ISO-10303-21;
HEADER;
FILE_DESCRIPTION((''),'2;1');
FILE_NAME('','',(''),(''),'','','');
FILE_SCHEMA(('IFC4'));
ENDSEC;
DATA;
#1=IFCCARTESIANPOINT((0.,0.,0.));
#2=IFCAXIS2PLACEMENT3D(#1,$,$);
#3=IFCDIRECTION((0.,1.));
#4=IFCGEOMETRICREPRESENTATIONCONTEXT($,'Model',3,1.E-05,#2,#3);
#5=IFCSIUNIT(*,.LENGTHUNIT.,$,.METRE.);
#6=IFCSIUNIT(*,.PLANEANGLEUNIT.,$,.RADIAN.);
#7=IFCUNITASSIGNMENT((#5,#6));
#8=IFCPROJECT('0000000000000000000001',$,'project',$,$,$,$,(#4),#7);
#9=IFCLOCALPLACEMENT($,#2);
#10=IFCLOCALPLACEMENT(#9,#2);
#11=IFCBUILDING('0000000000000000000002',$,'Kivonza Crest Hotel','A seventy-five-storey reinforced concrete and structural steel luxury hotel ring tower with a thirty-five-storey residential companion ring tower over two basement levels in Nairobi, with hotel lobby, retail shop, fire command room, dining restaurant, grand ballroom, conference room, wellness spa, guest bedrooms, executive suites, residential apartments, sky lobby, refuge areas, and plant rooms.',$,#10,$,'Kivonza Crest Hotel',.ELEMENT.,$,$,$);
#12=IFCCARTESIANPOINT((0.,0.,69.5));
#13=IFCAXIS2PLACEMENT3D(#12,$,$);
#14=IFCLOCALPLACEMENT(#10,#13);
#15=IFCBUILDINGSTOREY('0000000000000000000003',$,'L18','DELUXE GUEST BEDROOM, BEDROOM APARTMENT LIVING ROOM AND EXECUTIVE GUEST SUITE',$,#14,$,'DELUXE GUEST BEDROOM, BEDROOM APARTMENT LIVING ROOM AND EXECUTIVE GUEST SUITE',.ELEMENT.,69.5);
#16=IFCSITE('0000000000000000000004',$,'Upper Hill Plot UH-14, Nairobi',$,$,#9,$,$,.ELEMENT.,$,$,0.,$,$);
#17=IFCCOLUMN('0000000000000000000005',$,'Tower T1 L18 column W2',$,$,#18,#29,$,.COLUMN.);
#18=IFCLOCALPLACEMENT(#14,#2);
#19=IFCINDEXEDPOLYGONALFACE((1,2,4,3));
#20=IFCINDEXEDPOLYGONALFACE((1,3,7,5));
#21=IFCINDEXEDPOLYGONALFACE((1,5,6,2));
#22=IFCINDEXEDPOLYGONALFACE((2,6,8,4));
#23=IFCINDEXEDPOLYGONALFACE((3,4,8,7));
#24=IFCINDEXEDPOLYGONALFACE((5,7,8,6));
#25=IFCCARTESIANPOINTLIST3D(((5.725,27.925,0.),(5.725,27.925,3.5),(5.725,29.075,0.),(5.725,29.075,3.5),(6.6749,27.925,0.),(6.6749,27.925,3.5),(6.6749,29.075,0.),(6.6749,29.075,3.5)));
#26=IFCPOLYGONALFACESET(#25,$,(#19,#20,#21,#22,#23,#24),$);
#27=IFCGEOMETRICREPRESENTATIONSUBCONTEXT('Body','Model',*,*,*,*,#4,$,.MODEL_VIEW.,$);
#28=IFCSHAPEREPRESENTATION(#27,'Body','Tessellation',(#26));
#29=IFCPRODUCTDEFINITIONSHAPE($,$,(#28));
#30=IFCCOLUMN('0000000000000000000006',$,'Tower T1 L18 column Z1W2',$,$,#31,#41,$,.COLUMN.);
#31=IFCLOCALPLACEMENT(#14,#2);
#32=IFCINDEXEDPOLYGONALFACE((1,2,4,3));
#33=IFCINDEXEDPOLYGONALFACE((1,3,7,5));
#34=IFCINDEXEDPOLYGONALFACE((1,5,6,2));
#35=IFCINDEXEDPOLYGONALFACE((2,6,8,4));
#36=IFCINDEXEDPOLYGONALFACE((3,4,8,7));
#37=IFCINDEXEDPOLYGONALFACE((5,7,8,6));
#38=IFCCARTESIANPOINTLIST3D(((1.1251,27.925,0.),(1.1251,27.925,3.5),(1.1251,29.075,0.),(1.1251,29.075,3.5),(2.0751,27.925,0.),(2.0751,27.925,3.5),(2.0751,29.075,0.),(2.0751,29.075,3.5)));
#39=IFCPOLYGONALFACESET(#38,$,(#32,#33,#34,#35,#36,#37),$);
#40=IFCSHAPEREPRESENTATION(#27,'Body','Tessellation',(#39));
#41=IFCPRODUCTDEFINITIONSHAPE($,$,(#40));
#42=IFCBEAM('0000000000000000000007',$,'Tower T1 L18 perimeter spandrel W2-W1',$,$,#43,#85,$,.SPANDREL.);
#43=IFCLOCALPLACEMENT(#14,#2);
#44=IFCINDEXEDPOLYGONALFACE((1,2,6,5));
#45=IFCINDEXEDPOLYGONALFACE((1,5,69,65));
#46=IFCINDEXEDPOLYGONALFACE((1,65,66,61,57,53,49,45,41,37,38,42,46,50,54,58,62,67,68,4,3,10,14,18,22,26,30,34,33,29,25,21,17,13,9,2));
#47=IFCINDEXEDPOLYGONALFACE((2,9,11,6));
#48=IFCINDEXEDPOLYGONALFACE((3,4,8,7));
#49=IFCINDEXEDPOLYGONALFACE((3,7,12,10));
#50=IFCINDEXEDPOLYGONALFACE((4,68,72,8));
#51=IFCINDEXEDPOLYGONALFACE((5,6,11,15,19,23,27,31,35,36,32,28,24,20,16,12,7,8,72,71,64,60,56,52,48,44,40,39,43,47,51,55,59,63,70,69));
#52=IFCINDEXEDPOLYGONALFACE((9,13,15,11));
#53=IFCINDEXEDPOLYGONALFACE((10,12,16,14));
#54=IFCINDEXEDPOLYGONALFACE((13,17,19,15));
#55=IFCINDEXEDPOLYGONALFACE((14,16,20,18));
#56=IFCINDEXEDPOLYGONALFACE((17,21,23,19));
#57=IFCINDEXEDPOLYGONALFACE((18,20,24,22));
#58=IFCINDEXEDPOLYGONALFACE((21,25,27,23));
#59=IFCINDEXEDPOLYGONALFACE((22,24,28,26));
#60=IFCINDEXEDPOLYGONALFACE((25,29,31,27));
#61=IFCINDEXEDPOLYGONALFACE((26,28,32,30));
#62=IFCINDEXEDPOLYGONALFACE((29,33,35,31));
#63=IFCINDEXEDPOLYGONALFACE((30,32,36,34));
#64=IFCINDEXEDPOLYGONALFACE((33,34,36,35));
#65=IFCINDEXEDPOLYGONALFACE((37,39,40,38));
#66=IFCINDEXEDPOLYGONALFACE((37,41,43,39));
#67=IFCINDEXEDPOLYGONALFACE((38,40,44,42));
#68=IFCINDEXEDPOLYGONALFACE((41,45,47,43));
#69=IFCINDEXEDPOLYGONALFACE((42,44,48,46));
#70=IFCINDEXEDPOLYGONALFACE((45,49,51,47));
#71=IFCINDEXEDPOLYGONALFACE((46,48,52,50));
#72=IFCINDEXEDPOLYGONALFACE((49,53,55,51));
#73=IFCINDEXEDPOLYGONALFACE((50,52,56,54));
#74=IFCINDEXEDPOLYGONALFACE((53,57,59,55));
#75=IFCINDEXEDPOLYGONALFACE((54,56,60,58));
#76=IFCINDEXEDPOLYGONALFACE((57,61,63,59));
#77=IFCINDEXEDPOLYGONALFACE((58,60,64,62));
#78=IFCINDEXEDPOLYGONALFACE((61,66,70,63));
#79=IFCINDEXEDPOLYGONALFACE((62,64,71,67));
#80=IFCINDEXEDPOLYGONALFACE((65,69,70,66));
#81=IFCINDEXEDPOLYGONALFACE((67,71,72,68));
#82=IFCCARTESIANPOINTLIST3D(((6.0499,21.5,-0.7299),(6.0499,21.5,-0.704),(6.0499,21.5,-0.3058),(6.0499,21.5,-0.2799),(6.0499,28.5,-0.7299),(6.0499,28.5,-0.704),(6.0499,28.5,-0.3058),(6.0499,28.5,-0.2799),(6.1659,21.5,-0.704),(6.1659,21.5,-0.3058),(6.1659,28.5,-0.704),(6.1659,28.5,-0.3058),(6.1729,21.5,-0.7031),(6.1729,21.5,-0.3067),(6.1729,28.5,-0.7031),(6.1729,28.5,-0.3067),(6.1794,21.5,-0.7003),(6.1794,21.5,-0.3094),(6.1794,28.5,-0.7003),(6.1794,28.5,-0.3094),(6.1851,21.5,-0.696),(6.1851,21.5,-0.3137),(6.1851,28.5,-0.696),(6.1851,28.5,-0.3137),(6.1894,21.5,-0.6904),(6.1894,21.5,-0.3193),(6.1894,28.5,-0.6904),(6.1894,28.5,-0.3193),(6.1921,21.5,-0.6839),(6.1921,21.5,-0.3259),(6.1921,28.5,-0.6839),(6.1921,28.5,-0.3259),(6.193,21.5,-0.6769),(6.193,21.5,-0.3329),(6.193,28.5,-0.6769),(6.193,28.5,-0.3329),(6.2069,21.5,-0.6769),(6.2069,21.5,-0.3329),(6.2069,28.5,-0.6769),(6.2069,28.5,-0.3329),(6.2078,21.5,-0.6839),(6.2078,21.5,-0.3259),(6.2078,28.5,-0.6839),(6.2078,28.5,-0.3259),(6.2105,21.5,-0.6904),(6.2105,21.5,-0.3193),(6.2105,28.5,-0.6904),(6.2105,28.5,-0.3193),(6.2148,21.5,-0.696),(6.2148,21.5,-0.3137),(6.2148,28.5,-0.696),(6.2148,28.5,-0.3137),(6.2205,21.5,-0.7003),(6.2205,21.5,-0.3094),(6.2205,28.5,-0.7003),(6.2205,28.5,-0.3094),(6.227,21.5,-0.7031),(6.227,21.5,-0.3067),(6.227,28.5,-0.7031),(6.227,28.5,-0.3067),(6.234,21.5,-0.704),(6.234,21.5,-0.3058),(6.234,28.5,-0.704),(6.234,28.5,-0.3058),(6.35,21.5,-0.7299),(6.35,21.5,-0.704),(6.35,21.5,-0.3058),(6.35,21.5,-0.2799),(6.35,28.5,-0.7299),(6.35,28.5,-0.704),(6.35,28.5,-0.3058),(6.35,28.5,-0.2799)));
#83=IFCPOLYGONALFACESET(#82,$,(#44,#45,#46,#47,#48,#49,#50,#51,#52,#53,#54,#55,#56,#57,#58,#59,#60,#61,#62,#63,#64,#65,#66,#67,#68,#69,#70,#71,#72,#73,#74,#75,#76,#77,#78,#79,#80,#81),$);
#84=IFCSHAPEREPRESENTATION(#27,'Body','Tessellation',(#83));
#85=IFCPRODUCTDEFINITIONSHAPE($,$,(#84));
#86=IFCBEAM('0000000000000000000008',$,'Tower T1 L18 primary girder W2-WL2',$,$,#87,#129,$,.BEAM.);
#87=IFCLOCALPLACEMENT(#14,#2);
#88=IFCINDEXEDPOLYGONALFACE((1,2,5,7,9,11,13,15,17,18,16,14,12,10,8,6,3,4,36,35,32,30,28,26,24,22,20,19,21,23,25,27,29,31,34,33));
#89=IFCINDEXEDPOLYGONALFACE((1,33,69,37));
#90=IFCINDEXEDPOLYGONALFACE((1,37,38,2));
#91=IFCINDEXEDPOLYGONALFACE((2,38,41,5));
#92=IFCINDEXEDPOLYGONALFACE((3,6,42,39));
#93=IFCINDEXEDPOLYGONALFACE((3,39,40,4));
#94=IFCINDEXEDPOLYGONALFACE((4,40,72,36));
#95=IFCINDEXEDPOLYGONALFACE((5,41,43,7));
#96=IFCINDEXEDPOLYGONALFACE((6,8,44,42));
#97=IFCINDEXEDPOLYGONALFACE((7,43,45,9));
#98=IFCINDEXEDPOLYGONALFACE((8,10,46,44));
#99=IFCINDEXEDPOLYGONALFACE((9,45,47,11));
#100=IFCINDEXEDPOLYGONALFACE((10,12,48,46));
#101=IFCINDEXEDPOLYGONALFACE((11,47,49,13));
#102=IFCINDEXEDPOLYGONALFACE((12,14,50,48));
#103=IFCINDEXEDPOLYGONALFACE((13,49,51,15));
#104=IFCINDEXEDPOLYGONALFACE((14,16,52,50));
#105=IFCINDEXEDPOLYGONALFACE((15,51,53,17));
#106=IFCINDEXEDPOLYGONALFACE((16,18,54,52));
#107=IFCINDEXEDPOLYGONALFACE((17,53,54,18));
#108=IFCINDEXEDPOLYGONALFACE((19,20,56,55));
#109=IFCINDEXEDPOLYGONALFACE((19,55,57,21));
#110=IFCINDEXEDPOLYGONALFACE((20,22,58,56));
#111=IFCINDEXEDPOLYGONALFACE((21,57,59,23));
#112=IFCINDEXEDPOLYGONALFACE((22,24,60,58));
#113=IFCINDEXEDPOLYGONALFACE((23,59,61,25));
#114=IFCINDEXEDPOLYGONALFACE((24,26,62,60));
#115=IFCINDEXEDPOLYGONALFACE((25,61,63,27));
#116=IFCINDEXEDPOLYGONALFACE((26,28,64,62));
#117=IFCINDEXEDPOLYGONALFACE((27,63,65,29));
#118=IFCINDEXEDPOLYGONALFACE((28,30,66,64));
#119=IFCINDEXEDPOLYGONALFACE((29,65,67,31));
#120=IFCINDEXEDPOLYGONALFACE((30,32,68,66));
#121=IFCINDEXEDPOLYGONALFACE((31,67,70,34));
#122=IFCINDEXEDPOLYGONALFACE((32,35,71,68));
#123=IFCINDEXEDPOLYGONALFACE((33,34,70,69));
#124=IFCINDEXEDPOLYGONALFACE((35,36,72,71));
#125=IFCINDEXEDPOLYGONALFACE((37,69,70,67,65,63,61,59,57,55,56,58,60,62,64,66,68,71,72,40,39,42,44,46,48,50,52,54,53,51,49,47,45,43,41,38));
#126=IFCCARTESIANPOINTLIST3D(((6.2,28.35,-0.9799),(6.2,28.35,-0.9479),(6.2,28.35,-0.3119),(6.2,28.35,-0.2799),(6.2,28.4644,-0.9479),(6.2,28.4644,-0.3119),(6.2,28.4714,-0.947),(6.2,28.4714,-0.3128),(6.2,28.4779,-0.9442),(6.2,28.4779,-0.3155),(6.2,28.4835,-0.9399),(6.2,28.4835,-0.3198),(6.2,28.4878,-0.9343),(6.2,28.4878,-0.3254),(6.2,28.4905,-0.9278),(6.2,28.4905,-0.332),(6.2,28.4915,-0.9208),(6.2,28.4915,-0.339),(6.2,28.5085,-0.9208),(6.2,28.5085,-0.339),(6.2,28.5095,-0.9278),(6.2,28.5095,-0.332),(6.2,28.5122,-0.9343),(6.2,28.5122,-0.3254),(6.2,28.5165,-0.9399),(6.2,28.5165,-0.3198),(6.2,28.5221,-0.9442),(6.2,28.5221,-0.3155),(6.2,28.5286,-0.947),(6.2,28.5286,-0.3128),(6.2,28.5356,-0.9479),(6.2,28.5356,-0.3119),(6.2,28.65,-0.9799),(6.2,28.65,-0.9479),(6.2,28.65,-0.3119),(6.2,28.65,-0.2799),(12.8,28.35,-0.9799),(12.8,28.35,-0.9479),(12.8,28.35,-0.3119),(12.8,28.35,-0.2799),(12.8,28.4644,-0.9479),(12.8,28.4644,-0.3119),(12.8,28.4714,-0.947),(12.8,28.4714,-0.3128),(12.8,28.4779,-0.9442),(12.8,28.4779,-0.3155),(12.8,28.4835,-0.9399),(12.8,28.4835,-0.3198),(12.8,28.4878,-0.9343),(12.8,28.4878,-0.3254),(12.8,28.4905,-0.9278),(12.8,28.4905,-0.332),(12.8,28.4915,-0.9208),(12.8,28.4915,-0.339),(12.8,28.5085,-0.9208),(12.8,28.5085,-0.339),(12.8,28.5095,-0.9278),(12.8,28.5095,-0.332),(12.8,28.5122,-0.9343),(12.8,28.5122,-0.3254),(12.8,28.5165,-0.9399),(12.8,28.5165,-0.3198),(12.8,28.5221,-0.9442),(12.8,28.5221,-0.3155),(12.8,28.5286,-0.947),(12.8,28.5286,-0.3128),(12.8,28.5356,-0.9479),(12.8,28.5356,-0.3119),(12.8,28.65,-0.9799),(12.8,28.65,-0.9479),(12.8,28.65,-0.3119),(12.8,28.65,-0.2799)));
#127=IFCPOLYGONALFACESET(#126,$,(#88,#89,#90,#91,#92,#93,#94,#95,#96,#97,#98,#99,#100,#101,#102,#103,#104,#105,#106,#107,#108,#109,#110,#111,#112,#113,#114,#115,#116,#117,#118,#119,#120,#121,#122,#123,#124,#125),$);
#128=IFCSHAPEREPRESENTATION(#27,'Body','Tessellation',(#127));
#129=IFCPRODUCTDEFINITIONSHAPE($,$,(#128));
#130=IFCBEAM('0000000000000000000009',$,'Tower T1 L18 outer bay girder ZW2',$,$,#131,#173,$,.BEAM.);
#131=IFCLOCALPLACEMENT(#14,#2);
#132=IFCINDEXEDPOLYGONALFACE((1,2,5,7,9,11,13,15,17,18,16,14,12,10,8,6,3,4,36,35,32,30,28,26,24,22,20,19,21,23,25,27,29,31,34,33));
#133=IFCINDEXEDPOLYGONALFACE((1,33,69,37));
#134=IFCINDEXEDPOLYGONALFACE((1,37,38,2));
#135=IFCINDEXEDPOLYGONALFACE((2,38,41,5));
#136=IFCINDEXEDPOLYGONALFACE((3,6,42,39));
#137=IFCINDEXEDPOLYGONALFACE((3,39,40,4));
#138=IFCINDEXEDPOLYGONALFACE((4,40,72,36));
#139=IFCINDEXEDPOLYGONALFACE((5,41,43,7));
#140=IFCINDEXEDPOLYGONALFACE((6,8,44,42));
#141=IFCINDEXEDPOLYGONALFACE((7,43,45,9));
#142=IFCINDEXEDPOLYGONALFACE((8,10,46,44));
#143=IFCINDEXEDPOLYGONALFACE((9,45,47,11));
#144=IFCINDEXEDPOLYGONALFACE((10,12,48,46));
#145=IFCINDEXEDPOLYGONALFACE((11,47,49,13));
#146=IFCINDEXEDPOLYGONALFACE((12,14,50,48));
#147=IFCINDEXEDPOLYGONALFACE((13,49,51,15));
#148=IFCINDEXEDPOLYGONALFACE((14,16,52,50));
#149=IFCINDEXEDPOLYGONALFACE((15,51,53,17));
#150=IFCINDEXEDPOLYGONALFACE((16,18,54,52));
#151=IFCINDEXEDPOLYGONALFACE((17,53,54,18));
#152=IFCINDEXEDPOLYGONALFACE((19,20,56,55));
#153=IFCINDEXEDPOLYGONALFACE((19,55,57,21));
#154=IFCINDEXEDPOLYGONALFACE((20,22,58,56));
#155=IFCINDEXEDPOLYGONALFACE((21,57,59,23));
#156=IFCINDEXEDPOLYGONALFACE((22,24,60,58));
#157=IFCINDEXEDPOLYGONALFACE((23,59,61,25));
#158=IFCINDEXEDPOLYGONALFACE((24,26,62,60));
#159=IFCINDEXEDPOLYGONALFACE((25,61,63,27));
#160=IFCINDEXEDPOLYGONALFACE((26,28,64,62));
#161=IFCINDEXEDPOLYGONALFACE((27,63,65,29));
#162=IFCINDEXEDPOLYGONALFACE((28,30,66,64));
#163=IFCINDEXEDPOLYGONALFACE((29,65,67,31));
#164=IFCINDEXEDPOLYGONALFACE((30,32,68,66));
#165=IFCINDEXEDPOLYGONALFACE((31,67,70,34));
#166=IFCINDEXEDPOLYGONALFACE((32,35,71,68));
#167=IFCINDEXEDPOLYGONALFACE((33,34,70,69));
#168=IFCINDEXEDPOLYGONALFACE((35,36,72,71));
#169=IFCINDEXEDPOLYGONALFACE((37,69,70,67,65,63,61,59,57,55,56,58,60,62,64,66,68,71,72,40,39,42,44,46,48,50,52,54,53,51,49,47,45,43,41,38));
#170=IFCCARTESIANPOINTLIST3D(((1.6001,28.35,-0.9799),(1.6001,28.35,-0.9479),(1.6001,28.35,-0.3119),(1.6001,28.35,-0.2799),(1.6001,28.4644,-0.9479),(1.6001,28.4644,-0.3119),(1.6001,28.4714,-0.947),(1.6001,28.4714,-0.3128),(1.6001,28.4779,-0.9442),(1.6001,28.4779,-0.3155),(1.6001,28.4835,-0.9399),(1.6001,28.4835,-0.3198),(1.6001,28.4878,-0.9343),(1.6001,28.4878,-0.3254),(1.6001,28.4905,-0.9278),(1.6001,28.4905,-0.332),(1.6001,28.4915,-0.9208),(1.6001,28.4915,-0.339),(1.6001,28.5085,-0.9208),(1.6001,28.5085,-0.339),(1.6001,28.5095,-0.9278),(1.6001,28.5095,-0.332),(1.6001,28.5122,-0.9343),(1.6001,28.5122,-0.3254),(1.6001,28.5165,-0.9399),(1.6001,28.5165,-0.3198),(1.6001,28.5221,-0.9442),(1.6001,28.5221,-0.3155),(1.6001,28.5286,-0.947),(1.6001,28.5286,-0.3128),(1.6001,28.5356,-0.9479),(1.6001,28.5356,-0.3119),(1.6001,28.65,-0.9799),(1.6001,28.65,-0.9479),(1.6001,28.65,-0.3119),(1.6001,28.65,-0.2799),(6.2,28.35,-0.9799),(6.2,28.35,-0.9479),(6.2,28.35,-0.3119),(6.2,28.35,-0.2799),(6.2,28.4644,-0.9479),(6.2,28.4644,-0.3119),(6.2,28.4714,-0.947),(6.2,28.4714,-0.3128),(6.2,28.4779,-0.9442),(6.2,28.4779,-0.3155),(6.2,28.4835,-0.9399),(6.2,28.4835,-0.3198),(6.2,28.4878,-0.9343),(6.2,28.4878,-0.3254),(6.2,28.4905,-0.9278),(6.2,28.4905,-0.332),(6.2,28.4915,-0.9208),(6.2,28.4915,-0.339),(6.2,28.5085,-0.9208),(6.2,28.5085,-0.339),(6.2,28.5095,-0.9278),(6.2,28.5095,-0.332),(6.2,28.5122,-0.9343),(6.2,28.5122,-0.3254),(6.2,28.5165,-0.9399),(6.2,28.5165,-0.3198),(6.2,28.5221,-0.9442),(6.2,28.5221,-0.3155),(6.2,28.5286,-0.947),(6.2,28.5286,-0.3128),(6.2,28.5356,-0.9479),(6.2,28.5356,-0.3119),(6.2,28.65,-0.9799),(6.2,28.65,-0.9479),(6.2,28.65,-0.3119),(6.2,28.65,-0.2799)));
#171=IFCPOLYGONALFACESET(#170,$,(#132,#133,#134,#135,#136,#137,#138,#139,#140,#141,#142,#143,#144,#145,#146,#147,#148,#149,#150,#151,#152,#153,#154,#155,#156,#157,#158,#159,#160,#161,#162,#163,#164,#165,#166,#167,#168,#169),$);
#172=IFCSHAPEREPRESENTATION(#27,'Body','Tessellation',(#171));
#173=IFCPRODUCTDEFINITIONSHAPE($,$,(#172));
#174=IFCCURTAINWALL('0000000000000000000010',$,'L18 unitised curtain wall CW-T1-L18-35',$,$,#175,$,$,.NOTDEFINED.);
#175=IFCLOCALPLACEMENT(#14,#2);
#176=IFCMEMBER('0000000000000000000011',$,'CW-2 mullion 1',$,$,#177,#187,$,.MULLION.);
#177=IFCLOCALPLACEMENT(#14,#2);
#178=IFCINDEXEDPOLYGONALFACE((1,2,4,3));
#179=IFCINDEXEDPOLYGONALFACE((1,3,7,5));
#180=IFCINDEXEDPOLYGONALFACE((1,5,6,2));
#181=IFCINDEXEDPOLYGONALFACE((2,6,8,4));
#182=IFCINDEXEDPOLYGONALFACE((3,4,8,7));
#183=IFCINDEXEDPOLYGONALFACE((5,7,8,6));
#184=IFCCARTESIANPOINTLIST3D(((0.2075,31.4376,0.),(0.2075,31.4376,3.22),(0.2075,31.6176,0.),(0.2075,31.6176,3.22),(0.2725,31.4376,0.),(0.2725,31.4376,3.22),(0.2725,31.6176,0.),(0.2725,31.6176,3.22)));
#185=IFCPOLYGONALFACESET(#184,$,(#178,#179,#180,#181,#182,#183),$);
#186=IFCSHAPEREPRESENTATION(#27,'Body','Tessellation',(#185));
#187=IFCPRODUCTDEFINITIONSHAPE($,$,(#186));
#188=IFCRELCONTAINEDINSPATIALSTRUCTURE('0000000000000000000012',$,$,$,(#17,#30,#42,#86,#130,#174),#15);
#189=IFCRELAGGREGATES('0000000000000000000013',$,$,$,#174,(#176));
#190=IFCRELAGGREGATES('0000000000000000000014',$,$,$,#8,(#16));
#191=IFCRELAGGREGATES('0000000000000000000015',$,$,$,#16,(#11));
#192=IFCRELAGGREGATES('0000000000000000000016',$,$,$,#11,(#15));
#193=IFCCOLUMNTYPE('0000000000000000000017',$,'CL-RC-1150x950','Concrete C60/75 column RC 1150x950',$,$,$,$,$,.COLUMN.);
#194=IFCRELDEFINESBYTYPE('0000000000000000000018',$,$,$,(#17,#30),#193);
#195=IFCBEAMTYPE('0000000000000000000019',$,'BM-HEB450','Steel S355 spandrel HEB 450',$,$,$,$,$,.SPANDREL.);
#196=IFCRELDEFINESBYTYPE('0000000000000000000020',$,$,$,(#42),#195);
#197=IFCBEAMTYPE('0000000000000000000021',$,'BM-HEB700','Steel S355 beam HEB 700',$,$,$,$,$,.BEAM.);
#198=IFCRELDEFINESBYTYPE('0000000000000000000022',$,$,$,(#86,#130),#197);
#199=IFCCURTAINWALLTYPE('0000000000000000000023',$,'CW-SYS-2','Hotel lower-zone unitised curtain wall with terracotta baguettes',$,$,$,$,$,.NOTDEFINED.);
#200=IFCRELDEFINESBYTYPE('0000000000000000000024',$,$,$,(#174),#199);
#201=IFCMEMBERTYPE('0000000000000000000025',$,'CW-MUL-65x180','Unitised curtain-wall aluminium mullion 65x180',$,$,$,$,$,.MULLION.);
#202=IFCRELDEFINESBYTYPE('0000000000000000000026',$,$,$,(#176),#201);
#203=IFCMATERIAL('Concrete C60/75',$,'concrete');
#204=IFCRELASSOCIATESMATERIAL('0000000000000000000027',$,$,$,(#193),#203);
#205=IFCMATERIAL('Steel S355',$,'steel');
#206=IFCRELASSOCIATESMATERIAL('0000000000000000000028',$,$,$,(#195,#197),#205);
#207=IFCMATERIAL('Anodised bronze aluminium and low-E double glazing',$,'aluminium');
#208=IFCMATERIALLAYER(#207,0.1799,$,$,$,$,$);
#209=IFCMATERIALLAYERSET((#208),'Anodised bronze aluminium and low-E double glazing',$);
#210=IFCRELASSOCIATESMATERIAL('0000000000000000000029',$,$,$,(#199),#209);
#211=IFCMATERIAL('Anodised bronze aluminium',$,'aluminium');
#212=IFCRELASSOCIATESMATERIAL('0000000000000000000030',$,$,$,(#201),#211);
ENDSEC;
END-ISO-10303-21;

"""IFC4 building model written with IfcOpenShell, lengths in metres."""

from ifc_helpers import new_model, si_unit, direction, frame, origin, origin_2d, place, context, subcontext, project, spatial, rectangle, i_section, extrude, material, layer, layer_set, material_profile, profile_set, type_object, element, aggregate, save


model = new_model("IFC4")

# Units and contexts
model_context = context("Model", 3, precision=1e-05, world=origin(), true_north=direction((0.0, 1.0)))
body_context = subcontext(model_context, "Body", "Model", "MODEL_VIEW")
ifc_project = project(units=[si_unit("LENGTHUNIT", "METRE"), si_unit("PLANEANGLEUNIT", "RADIAN")], contexts=[model_context])

# Site, building, storey
site_placement = place(None, origin())
site = spatial("IfcSite", under=ifc_project, at=site_placement, Name="Upper Hill Plot UH-14, Nairobi", CompositionType="ELEMENT", RefElevation=0.0)
building_placement = place(site_placement, origin())
building = spatial("IfcBuilding", under=site, at=building_placement, Name="Kivonza Crest Hotel", Description="A seventy-five-storey reinforced concrete and structural steel luxury hotel ring tower with a thirty-five-storey residential companion ring tower over two basement levels in Nairobi, with hotel lobby, retail shop, fire command room, dining restaurant, grand ballroom, conference room, wellness spa, guest bedrooms, executive suites, residential apartments, sky lobby, refuge areas, and plant rooms.", LongName="Kivonza Crest Hotel", CompositionType="ELEMENT")
storey_placement = place(building_placement, frame((0.0, 0.0, 69.5)))
storey = spatial("IfcBuildingStorey", under=building, at=storey_placement, Name="L18", Description="DELUXE GUEST BEDROOM, BEDROOM APARTMENT LIVING ROOM AND EXECUTIVE GUEST SUITE", LongName="DELUXE GUEST BEDROOM, BEDROOM APARTMENT LIVING ROOM AND EXECUTIVE GUEST SUITE", CompositionType="ELEMENT", Elevation=69.5)

# Columns
ifc_material_1 = material(Name="Concrete C60/75", Category="concrete")
ifc_material_profile_1 = material_profile(ifc_material_1, rectangle(XDim=0.95, YDim=1.1499, at=origin_2d()), Name="RC 1150x950")
ifc_profile_set_1 = profile_set([ifc_material_profile_1], Name="Concrete C60/75")
column_type = type_object("IfcColumnType", Name="CL-RC-1150x950", Description="Concrete C60/75 column RC 1150x950", PredefinedType="COLUMN", material=ifc_profile_set_1)
for number, where, z_axis, x_axis, name in (
    (1, (6.2, 28.5, 0.0), (0.0, 0.0, 1.0), (1.0, 0.0, 0.0), "Tower T1 L18 column W2"),
    (2, (1.6001, 28.5, 0.0), (0.0, 0.0, 1.0), (1.0, 0.0, 0.0), "Tower T1 L18 column Z1W2"),
):
    element("IfcColumn", number, at=place(storey_placement, frame(where, z_axis=z_axis, x_axis=x_axis)), inside=storey, type_object=column_type, Name=name, PredefinedType="COLUMN", context=body_context, shape_type="SweptSolid", body=[
        extrude(rectangle(XDim=0.95, YDim=1.1499, at=origin_2d()), origin(), (0.0, 0.0, 1.0), 3.5),
    ])

# Beams
ifc_material_2 = material(Name="Steel S355", Category="steel")
ifc_material_profile_2 = material_profile(ifc_material_2, i_section(OverallWidth=0.3, OverallDepth=0.45, WebThickness=0.0139, FlangeThickness=0.0259, FilletRadius=0.0271, at=origin_2d()), Name="HEB 450")
ifc_profile_set_2 = profile_set([ifc_material_profile_2], Name="Steel S355")
beam_type_1 = type_object("IfcBeamType", Name="BM-HEB450", Description="Steel S355 spandrel HEB 450", PredefinedType="SPANDREL", material=ifc_profile_set_2)
beam_1_placement = place(storey_placement, frame((6.2, 28.5, -0.5049), z_axis=(0.0, -1.0, 0.0), x_axis=(1.0, 0.0, 0.0)))
element("IfcBeam", 3, at=beam_1_placement, inside=storey, type_object=beam_type_1, Name="Tower T1 L18 perimeter spandrel W2-W1", PredefinedType="SPANDREL", context=body_context, shape_type="SweptSolid", body=[
    extrude(i_section(OverallWidth=0.3, OverallDepth=0.45, WebThickness=0.0139, FlangeThickness=0.0259, FilletRadius=0.0271, at=origin_2d()), origin(), (0.0, 0.0, 1.0), 7.0),
])
ifc_material_profile_3 = material_profile(ifc_material_2, i_section(OverallWidth=0.3, OverallDepth=0.7, WebThickness=0.0171, FlangeThickness=0.032, FilletRadius=0.0271, at=origin_2d()), Name="HEB 700")
ifc_profile_set_3 = profile_set([ifc_material_profile_3], Name="Steel S355")
beam_type_2 = type_object("IfcBeamType", Name="BM-HEB700", Description="Steel S355 beam HEB 700", PredefinedType="BEAM", material=ifc_profile_set_3)
beam_2_placement = place(storey_placement, frame((6.2, 28.5, -0.6299), z_axis=(1.0, 0.0, 0.0), x_axis=(0.0, 1.0, 0.0)))
element("IfcBeam", 4, at=beam_2_placement, inside=storey, type_object=beam_type_2, Name="Tower T1 L18 primary girder W2-WL2", PredefinedType="BEAM", context=body_context, shape_type="SweptSolid", body=[
    extrude(i_section(OverallWidth=0.3, OverallDepth=0.7, WebThickness=0.0171, FlangeThickness=0.032, FilletRadius=0.0271, at=origin_2d()), origin(), (0.0, 0.0, 1.0), 6.6001),
])
beam_3_placement = place(storey_placement, frame((1.6001, 28.5, -0.6299), z_axis=(1.0, 0.0, 0.0), x_axis=(0.0, 1.0, 0.0)))
element("IfcBeam", 5, at=beam_3_placement, inside=storey, type_object=beam_type_2, Name="Tower T1 L18 outer bay girder ZW2", PredefinedType="BEAM", context=body_context, shape_type="SweptSolid", body=[
    extrude(i_section(OverallWidth=0.3, OverallDepth=0.7, WebThickness=0.0171, FlangeThickness=0.032, FilletRadius=0.0271, at=origin_2d()), origin(), (0.0, 0.0, 1.0), 4.5999),
])

# Curtain wall, member
ifc_material_3 = material(Name="Anodised bronze aluminium and low-E double glazing", Category="aluminium")
ifc_layer_1 = layer(ifc_material_3, 0.1799)
ifc_layer_set_1 = layer_set([ifc_layer_1], Name="Anodised bronze aluminium and low-E double glazing")
curtain_wall_type = type_object("IfcCurtainWallType", Name="CW-SYS-2", Description="Hotel lower-zone unitised curtain wall with terracotta baguettes", PredefinedType="NOTDEFINED", material=ifc_layer_set_1)
curtain_wall_placement = place(storey_placement, origin())
curtain_wall = element("IfcCurtainWall", 6, at=curtain_wall_placement, inside=storey, type_object=curtain_wall_type, Name="L18 unitised curtain wall CW-T1-L18-35", PredefinedType="NOTDEFINED")
ifc_material_4 = material(Name="Anodised bronze aluminium", Category="aluminium")
ifc_material_profile_4 = material_profile(ifc_material_4, rectangle(XDim=0.0649, YDim=0.1799, at=origin_2d()), Name="CW-M 65x180")
ifc_profile_set_4 = profile_set([ifc_material_profile_4], Name="Anodised bronze aluminium")
member_type_1 = type_object("IfcMemberType", Name="CW-MUL-65x180", Description="Unitised curtain-wall aluminium mullion 65x180", PredefinedType="MULLION", material=ifc_profile_set_4)
member_1_placement = place(storey_placement, frame((0.24, 31.5276, 0.0), z_axis=(0.0, 0.0, 1.0), x_axis=(1.0, 0.0, 0.0)))
member_1 = element("IfcMember", 7, at=member_1_placement, type_object=member_type_1, Name="CW-2 mullion 1", PredefinedType="MULLION", context=body_context, shape_type="SweptSolid", body=[
    extrude(rectangle(XDim=0.0649, YDim=0.1799, at=origin_2d()), origin(), (0.0, 0.0, 1.0), 3.22),
])
aggregate(curtain_wall, [member_1])

save(model, "model.ifc")
